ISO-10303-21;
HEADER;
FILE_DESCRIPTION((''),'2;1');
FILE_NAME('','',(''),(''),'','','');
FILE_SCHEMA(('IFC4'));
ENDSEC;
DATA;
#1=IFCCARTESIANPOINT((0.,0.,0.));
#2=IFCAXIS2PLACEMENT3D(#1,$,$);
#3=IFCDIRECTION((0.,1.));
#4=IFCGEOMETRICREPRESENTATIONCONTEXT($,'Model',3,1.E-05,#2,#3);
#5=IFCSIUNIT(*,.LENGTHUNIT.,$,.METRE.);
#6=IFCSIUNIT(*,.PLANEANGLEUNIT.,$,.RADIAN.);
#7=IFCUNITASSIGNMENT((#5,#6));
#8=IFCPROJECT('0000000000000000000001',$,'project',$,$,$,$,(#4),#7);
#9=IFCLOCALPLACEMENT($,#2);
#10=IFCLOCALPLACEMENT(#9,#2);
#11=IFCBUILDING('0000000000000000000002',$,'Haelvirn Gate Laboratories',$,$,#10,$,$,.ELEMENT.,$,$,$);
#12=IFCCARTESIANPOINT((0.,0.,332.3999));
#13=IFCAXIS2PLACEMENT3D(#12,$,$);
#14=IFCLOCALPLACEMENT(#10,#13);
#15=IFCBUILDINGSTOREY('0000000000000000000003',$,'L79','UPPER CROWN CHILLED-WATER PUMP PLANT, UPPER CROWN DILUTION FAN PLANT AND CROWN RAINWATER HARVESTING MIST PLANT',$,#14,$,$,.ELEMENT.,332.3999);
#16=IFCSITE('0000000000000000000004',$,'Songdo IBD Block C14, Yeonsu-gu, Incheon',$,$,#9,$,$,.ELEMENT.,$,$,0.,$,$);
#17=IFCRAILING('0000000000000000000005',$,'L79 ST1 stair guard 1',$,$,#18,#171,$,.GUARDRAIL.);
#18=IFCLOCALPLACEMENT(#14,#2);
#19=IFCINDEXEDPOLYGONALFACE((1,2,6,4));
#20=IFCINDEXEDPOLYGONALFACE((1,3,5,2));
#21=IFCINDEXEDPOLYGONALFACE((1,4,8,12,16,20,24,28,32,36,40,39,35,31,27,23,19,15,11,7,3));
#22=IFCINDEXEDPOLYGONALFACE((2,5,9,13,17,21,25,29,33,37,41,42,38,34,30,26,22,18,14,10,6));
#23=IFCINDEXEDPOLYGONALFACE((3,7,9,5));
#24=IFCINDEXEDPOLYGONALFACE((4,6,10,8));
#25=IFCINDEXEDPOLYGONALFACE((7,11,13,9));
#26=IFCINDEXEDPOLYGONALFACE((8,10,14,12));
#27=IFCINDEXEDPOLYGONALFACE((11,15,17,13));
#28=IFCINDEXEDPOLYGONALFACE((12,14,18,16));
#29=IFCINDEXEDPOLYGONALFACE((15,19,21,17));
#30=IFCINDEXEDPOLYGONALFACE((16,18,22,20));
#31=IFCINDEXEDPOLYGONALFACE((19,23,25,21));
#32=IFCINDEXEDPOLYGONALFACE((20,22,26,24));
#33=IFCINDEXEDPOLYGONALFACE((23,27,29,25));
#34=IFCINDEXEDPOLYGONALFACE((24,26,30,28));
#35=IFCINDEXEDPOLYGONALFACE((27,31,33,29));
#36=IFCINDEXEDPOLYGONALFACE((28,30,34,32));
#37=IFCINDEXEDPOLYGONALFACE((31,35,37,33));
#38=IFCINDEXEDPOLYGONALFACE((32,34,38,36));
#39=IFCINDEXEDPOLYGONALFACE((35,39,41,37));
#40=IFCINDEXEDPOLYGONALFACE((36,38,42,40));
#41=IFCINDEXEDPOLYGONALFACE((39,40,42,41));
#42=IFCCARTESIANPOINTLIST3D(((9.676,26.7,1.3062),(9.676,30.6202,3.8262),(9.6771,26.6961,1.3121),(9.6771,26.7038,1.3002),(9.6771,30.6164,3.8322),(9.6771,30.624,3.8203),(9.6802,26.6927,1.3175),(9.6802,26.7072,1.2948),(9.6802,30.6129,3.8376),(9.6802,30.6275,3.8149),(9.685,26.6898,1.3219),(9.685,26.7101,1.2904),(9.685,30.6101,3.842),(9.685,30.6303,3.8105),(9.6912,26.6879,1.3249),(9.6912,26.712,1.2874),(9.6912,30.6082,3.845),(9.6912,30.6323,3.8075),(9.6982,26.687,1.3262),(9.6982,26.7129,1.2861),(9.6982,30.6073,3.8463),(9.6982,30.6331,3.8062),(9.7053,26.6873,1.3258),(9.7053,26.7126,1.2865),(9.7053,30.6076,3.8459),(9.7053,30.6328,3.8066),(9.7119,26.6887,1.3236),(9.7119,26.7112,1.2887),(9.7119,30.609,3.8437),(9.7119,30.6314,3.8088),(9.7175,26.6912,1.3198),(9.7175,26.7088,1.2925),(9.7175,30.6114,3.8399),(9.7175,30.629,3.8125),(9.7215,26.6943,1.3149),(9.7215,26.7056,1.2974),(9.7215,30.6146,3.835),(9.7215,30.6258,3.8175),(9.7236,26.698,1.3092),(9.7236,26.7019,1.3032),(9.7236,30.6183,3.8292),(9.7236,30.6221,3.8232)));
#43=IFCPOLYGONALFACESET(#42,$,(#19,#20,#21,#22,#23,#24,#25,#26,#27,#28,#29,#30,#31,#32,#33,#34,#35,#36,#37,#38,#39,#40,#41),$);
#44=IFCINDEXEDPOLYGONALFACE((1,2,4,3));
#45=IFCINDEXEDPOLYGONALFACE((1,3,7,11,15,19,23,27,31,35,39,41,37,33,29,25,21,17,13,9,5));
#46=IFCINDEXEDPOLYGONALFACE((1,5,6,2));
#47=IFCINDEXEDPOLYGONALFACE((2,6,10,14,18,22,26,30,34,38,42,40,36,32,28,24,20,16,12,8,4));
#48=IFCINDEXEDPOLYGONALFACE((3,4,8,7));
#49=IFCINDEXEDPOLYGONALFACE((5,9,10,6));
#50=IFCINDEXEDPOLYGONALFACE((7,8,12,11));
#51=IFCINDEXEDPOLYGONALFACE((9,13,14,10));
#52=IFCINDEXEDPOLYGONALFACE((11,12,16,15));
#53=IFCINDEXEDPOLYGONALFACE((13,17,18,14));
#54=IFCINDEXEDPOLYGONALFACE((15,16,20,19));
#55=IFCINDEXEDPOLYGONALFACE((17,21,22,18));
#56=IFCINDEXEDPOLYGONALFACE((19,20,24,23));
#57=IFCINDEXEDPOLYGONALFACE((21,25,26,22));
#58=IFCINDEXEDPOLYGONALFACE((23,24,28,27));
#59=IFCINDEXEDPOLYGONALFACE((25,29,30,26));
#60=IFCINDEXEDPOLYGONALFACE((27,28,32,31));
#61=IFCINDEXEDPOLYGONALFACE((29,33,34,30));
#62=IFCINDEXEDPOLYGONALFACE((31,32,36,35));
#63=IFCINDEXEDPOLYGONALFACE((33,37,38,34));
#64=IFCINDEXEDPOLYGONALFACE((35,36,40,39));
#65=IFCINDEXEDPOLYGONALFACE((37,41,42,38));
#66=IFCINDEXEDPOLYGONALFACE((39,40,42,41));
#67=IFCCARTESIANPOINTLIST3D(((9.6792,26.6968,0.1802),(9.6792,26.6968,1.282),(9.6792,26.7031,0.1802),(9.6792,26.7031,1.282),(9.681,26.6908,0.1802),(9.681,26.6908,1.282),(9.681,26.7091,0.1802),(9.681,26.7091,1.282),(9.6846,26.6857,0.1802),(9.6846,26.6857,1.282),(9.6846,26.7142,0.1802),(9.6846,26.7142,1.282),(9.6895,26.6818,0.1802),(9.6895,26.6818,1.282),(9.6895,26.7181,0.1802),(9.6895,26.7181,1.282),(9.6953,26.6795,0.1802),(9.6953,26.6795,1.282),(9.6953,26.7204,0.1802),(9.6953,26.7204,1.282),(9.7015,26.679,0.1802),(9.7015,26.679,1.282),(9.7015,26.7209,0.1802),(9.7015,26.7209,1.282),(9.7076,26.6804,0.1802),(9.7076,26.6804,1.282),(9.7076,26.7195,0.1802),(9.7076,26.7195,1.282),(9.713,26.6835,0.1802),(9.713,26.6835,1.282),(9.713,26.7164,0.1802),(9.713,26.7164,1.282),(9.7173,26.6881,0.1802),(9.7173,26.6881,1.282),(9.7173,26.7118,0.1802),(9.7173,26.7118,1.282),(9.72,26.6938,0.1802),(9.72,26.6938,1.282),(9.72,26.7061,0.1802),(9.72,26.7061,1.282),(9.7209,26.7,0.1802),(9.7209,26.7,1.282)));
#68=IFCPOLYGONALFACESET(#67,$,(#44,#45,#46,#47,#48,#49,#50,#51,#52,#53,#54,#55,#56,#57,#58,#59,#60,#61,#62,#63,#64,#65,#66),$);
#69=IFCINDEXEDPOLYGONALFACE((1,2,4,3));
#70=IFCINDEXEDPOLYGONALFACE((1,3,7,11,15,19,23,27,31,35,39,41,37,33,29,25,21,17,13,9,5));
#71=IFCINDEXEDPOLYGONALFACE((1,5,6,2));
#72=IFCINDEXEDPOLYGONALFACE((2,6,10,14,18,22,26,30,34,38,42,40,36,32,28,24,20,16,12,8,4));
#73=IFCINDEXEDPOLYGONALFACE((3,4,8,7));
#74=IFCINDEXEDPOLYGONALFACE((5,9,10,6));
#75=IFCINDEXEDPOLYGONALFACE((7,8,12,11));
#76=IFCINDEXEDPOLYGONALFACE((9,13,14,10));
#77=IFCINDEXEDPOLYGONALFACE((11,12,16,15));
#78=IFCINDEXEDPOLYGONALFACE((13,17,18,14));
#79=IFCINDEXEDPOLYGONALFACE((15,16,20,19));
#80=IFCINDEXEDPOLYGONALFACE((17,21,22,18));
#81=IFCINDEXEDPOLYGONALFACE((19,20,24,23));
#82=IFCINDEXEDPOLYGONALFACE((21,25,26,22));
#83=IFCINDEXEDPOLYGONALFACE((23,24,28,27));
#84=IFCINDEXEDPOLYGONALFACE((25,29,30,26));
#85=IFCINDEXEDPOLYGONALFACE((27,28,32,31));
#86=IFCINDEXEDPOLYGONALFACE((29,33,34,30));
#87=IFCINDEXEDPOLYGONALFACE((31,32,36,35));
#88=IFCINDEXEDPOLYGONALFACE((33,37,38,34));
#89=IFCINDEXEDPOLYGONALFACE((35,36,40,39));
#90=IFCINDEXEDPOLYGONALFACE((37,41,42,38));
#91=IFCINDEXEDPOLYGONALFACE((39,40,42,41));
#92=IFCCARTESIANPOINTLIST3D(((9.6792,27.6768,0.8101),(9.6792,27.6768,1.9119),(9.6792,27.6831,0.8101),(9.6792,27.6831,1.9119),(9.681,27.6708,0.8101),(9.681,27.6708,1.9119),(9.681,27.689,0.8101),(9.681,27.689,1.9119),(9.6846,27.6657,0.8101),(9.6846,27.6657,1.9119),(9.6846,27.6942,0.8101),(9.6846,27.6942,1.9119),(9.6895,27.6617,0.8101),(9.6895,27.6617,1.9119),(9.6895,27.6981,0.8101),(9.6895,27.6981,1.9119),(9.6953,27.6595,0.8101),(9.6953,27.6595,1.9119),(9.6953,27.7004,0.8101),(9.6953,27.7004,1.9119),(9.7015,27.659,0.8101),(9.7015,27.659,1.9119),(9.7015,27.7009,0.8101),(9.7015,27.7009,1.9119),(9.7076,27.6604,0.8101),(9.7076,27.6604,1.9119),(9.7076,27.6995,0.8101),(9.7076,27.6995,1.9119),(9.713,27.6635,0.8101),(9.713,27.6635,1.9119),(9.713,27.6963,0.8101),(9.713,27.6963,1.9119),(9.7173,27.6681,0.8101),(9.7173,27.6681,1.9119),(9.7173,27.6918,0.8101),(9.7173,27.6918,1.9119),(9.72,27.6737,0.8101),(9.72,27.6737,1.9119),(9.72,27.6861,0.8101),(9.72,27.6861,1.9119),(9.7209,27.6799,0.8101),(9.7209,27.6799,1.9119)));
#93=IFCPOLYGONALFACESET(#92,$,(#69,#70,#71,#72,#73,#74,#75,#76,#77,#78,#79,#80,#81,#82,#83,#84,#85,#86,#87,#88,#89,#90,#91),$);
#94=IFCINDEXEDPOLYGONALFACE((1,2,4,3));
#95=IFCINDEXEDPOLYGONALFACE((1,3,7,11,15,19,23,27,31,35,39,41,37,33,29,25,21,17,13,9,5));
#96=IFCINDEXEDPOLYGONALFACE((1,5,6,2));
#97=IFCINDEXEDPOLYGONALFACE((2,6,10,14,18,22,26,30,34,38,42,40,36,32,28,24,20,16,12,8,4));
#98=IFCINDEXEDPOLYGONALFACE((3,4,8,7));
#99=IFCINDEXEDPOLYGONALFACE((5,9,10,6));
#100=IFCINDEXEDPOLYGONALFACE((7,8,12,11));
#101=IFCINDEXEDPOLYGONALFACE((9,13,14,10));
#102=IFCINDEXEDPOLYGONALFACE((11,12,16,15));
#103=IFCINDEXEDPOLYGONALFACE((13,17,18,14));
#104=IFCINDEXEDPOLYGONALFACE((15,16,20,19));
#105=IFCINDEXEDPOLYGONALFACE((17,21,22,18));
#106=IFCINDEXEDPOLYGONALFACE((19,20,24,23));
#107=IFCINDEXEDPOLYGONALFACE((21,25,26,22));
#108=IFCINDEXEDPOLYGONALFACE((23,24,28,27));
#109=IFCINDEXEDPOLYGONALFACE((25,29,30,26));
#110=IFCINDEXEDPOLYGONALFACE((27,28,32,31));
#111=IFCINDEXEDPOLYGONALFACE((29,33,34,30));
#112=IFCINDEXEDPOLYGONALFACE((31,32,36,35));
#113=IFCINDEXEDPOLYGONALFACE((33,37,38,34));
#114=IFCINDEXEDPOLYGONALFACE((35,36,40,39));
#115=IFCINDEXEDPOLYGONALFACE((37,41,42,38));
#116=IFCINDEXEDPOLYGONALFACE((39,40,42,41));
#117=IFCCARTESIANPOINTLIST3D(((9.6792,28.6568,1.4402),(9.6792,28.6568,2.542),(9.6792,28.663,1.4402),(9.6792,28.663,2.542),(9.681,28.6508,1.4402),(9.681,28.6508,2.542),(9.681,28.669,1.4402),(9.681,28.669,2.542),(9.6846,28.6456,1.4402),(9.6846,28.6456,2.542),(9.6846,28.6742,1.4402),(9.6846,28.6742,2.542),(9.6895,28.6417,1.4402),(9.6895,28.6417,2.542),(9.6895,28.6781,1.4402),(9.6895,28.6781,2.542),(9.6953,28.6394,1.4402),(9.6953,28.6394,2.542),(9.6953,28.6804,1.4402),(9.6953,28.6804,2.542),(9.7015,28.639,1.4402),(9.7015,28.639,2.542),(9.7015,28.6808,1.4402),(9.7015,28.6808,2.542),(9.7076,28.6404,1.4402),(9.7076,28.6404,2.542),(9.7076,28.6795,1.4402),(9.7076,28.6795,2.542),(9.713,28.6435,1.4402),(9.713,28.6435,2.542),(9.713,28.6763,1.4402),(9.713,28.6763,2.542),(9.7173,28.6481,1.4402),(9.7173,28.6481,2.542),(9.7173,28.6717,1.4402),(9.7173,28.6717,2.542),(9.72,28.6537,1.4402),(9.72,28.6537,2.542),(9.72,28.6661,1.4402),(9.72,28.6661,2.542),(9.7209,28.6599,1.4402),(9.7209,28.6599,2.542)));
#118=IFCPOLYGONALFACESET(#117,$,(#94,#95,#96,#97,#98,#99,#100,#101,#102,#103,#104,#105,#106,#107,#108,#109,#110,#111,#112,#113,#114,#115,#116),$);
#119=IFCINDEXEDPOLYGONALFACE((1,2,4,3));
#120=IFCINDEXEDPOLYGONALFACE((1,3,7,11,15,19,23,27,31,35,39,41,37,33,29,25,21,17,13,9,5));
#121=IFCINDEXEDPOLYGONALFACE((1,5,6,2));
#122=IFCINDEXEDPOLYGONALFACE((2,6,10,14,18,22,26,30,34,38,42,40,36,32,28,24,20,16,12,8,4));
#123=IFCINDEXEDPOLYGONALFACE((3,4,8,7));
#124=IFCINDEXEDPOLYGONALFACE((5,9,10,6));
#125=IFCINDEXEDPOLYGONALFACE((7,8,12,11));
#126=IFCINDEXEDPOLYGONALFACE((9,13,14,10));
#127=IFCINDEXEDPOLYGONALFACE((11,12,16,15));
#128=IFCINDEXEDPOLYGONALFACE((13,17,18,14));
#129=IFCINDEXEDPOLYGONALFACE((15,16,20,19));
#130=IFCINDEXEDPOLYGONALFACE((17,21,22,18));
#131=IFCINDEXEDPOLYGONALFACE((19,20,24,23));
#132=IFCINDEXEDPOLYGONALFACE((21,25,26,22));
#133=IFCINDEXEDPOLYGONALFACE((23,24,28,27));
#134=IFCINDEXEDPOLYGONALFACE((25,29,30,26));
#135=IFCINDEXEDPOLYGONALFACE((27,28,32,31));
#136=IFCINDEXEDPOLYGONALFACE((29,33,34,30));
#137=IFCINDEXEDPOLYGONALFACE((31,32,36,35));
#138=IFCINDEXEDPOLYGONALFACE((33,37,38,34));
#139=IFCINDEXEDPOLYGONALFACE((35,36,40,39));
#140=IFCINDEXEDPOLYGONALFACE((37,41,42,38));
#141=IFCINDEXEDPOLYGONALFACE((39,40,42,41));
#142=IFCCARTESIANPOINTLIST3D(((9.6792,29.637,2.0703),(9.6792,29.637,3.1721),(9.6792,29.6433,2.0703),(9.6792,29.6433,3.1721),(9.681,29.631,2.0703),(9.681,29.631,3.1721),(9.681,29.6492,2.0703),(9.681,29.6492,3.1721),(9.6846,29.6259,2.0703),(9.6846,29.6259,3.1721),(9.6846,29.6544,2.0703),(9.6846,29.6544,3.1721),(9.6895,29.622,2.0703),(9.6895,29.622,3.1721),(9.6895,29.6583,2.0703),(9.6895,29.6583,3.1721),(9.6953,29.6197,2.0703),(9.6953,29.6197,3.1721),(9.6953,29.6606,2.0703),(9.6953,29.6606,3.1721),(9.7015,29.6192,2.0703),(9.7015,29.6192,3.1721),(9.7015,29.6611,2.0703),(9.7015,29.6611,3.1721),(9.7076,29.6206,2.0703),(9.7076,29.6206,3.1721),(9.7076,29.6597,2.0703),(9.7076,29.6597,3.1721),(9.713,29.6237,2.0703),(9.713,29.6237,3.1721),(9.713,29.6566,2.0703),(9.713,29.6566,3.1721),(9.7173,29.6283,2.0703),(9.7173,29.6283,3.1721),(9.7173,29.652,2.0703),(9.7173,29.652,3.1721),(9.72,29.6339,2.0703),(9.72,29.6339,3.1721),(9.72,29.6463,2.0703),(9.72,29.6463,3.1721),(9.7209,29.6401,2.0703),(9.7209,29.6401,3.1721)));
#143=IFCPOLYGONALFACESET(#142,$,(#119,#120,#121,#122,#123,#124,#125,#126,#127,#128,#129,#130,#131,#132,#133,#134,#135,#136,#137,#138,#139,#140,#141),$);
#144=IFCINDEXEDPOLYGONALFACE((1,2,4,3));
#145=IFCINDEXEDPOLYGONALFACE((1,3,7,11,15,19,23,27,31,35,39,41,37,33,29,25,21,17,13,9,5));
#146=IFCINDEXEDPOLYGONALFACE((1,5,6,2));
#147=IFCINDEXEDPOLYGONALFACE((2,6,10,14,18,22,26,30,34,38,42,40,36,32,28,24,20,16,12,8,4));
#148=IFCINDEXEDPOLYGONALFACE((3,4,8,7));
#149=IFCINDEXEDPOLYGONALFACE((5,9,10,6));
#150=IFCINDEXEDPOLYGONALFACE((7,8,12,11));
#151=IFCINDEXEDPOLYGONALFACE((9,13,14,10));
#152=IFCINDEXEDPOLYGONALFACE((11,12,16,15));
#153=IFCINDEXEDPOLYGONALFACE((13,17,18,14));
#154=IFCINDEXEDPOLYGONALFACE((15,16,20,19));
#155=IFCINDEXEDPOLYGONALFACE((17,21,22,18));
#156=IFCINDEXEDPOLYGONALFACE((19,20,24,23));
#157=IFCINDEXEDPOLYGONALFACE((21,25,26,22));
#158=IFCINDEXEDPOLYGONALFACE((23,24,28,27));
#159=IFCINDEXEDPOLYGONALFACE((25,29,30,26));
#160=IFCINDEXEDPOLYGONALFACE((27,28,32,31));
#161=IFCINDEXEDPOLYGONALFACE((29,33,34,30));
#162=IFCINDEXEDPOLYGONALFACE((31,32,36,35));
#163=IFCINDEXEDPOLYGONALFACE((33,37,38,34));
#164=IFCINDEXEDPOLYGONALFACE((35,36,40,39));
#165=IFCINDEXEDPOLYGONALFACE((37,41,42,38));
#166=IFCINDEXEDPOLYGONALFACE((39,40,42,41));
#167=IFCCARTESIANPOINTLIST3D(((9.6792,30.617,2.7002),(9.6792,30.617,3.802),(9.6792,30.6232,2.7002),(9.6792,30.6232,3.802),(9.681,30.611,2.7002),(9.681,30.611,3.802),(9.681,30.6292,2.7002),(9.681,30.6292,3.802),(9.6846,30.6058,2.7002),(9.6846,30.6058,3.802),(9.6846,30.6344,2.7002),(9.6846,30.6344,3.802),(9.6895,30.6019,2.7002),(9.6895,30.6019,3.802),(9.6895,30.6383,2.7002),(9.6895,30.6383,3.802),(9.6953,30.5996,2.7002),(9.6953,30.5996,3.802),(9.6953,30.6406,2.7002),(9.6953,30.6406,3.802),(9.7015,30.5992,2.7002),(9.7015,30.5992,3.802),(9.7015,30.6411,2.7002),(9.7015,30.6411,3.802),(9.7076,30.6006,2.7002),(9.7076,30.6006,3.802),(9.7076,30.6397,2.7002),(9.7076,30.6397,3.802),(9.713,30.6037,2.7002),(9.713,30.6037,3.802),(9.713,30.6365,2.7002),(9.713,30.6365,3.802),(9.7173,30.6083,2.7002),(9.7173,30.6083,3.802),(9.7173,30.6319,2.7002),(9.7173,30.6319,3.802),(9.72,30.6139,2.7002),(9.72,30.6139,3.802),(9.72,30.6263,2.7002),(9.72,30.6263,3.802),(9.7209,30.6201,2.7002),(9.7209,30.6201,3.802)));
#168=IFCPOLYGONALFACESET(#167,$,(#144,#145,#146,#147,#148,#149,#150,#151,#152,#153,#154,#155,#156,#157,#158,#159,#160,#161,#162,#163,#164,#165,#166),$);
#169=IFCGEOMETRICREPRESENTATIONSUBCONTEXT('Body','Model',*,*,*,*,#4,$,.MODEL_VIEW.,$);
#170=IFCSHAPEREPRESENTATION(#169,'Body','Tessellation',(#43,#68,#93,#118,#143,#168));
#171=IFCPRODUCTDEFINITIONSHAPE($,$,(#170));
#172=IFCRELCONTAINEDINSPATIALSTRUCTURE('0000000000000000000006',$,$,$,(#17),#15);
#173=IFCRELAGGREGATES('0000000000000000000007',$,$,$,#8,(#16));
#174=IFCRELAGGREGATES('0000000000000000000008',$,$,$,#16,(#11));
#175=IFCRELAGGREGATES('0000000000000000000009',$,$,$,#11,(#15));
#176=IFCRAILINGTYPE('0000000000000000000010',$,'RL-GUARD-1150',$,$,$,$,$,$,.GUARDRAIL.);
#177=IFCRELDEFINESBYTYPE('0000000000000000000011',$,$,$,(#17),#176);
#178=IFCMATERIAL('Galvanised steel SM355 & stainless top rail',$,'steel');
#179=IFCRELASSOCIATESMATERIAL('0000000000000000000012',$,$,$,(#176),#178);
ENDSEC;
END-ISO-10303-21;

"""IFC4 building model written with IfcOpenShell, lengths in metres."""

from ifc_helpers import new_model, si_unit, direction, frame, origin, origin_2d, place, context, subcontext, project, spatial, circle, extrude, source, transform, mapped, material, type_object, element, save


model = new_model("IFC4")

# Units and contexts
model_context = context("Model", 3, precision=1e-05, world=origin(), true_north=direction((0.0, 1.0)))
body_context = subcontext(model_context, "Body", "Model", "MODEL_VIEW")
ifc_project = project(units=[si_unit("LENGTHUNIT", "METRE"), si_unit("PLANEANGLEUNIT", "RADIAN")], contexts=[model_context])

# Site, building, storey
site_placement = place(None, origin())
site = spatial("IfcSite", under=ifc_project, at=site_placement, Name="Songdo IBD Block C14, Yeonsu-gu, Incheon", CompositionType="ELEMENT", RefElevation=0.0)
building_placement = place(site_placement, origin())
building = spatial("IfcBuilding", under=site, at=building_placement, Name="Haelvirn Gate Laboratories", CompositionType="ELEMENT")
storey_placement = place(building_placement, frame((0.0, 0.0, 332.3999)))
storey = spatial("IfcBuildingStorey", under=building, at=storey_placement, Name="L79", Description="UPPER CROWN CHILLED-WATER PUMP PLANT, UPPER CROWN DILUTION FAN PLANT AND CROWN RAINWATER HARVESTING MIST PLANT", CompositionType="ELEMENT", Elevation=332.3999)

# Railing
ifc_material_1 = material(Name="Galvanised steel SM355 & stainless top rail", Category="steel")
railing_type_1 = type_object("IfcRailingType", Name="RL-GUARD-1150", PredefinedType="GUARDRAIL", material=ifc_material_1)
shared_shape_1 = source(origin(), body_context, "Body", "SweptSolid", [
    extrude(circle(Radius=0.0239, at=origin_2d()), frame((0.0, 0.0, 1.126), z_axis=(0.0, 0.841187, 0.540744), x_axis=(-1.0, 0.0, 0.0)), (0.0, 0.0, 1.0), 4.6604),
    extrude(circle(Radius=0.021, at=origin_2d()), origin(), (0.0, 0.0, 1.0), 1.1018),
    extrude(circle(Radius=0.021, at=origin_2d()), frame((0.0, 0.98, 0.6299)), (0.0, 0.0, 1.0), 1.1018),
    extrude(circle(Radius=0.021, at=origin_2d()), frame((0.0, 1.96, 1.26)), (0.0, 0.0, 1.0), 1.1018),
    extrude(circle(Radius=0.021, at=origin_2d()), frame((0.0, 2.9402, 1.8901)), (0.0, 0.0, 1.0), 1.1018),
    extrude(circle(Radius=0.021, at=origin_2d()), frame((0.0, 3.9202, 2.52)), (0.0, 0.0, 1.0), 1.1018),
])
railing_1_placement = place(storey_placement, frame((9.7, 26.7, 0.1802)))
element("IfcRailing", 1, at=railing_1_placement, inside=storey, type_object=railing_type_1, Name="L79 ST1 stair guard 1", PredefinedType="GUARDRAIL", context=body_context, shape_type="MappedRepresentation", body=[
    mapped(shared_shape_1, transform((0.0, 0.0, 0.0), scale=1.0)),
])

save(model, "model.ifc")
